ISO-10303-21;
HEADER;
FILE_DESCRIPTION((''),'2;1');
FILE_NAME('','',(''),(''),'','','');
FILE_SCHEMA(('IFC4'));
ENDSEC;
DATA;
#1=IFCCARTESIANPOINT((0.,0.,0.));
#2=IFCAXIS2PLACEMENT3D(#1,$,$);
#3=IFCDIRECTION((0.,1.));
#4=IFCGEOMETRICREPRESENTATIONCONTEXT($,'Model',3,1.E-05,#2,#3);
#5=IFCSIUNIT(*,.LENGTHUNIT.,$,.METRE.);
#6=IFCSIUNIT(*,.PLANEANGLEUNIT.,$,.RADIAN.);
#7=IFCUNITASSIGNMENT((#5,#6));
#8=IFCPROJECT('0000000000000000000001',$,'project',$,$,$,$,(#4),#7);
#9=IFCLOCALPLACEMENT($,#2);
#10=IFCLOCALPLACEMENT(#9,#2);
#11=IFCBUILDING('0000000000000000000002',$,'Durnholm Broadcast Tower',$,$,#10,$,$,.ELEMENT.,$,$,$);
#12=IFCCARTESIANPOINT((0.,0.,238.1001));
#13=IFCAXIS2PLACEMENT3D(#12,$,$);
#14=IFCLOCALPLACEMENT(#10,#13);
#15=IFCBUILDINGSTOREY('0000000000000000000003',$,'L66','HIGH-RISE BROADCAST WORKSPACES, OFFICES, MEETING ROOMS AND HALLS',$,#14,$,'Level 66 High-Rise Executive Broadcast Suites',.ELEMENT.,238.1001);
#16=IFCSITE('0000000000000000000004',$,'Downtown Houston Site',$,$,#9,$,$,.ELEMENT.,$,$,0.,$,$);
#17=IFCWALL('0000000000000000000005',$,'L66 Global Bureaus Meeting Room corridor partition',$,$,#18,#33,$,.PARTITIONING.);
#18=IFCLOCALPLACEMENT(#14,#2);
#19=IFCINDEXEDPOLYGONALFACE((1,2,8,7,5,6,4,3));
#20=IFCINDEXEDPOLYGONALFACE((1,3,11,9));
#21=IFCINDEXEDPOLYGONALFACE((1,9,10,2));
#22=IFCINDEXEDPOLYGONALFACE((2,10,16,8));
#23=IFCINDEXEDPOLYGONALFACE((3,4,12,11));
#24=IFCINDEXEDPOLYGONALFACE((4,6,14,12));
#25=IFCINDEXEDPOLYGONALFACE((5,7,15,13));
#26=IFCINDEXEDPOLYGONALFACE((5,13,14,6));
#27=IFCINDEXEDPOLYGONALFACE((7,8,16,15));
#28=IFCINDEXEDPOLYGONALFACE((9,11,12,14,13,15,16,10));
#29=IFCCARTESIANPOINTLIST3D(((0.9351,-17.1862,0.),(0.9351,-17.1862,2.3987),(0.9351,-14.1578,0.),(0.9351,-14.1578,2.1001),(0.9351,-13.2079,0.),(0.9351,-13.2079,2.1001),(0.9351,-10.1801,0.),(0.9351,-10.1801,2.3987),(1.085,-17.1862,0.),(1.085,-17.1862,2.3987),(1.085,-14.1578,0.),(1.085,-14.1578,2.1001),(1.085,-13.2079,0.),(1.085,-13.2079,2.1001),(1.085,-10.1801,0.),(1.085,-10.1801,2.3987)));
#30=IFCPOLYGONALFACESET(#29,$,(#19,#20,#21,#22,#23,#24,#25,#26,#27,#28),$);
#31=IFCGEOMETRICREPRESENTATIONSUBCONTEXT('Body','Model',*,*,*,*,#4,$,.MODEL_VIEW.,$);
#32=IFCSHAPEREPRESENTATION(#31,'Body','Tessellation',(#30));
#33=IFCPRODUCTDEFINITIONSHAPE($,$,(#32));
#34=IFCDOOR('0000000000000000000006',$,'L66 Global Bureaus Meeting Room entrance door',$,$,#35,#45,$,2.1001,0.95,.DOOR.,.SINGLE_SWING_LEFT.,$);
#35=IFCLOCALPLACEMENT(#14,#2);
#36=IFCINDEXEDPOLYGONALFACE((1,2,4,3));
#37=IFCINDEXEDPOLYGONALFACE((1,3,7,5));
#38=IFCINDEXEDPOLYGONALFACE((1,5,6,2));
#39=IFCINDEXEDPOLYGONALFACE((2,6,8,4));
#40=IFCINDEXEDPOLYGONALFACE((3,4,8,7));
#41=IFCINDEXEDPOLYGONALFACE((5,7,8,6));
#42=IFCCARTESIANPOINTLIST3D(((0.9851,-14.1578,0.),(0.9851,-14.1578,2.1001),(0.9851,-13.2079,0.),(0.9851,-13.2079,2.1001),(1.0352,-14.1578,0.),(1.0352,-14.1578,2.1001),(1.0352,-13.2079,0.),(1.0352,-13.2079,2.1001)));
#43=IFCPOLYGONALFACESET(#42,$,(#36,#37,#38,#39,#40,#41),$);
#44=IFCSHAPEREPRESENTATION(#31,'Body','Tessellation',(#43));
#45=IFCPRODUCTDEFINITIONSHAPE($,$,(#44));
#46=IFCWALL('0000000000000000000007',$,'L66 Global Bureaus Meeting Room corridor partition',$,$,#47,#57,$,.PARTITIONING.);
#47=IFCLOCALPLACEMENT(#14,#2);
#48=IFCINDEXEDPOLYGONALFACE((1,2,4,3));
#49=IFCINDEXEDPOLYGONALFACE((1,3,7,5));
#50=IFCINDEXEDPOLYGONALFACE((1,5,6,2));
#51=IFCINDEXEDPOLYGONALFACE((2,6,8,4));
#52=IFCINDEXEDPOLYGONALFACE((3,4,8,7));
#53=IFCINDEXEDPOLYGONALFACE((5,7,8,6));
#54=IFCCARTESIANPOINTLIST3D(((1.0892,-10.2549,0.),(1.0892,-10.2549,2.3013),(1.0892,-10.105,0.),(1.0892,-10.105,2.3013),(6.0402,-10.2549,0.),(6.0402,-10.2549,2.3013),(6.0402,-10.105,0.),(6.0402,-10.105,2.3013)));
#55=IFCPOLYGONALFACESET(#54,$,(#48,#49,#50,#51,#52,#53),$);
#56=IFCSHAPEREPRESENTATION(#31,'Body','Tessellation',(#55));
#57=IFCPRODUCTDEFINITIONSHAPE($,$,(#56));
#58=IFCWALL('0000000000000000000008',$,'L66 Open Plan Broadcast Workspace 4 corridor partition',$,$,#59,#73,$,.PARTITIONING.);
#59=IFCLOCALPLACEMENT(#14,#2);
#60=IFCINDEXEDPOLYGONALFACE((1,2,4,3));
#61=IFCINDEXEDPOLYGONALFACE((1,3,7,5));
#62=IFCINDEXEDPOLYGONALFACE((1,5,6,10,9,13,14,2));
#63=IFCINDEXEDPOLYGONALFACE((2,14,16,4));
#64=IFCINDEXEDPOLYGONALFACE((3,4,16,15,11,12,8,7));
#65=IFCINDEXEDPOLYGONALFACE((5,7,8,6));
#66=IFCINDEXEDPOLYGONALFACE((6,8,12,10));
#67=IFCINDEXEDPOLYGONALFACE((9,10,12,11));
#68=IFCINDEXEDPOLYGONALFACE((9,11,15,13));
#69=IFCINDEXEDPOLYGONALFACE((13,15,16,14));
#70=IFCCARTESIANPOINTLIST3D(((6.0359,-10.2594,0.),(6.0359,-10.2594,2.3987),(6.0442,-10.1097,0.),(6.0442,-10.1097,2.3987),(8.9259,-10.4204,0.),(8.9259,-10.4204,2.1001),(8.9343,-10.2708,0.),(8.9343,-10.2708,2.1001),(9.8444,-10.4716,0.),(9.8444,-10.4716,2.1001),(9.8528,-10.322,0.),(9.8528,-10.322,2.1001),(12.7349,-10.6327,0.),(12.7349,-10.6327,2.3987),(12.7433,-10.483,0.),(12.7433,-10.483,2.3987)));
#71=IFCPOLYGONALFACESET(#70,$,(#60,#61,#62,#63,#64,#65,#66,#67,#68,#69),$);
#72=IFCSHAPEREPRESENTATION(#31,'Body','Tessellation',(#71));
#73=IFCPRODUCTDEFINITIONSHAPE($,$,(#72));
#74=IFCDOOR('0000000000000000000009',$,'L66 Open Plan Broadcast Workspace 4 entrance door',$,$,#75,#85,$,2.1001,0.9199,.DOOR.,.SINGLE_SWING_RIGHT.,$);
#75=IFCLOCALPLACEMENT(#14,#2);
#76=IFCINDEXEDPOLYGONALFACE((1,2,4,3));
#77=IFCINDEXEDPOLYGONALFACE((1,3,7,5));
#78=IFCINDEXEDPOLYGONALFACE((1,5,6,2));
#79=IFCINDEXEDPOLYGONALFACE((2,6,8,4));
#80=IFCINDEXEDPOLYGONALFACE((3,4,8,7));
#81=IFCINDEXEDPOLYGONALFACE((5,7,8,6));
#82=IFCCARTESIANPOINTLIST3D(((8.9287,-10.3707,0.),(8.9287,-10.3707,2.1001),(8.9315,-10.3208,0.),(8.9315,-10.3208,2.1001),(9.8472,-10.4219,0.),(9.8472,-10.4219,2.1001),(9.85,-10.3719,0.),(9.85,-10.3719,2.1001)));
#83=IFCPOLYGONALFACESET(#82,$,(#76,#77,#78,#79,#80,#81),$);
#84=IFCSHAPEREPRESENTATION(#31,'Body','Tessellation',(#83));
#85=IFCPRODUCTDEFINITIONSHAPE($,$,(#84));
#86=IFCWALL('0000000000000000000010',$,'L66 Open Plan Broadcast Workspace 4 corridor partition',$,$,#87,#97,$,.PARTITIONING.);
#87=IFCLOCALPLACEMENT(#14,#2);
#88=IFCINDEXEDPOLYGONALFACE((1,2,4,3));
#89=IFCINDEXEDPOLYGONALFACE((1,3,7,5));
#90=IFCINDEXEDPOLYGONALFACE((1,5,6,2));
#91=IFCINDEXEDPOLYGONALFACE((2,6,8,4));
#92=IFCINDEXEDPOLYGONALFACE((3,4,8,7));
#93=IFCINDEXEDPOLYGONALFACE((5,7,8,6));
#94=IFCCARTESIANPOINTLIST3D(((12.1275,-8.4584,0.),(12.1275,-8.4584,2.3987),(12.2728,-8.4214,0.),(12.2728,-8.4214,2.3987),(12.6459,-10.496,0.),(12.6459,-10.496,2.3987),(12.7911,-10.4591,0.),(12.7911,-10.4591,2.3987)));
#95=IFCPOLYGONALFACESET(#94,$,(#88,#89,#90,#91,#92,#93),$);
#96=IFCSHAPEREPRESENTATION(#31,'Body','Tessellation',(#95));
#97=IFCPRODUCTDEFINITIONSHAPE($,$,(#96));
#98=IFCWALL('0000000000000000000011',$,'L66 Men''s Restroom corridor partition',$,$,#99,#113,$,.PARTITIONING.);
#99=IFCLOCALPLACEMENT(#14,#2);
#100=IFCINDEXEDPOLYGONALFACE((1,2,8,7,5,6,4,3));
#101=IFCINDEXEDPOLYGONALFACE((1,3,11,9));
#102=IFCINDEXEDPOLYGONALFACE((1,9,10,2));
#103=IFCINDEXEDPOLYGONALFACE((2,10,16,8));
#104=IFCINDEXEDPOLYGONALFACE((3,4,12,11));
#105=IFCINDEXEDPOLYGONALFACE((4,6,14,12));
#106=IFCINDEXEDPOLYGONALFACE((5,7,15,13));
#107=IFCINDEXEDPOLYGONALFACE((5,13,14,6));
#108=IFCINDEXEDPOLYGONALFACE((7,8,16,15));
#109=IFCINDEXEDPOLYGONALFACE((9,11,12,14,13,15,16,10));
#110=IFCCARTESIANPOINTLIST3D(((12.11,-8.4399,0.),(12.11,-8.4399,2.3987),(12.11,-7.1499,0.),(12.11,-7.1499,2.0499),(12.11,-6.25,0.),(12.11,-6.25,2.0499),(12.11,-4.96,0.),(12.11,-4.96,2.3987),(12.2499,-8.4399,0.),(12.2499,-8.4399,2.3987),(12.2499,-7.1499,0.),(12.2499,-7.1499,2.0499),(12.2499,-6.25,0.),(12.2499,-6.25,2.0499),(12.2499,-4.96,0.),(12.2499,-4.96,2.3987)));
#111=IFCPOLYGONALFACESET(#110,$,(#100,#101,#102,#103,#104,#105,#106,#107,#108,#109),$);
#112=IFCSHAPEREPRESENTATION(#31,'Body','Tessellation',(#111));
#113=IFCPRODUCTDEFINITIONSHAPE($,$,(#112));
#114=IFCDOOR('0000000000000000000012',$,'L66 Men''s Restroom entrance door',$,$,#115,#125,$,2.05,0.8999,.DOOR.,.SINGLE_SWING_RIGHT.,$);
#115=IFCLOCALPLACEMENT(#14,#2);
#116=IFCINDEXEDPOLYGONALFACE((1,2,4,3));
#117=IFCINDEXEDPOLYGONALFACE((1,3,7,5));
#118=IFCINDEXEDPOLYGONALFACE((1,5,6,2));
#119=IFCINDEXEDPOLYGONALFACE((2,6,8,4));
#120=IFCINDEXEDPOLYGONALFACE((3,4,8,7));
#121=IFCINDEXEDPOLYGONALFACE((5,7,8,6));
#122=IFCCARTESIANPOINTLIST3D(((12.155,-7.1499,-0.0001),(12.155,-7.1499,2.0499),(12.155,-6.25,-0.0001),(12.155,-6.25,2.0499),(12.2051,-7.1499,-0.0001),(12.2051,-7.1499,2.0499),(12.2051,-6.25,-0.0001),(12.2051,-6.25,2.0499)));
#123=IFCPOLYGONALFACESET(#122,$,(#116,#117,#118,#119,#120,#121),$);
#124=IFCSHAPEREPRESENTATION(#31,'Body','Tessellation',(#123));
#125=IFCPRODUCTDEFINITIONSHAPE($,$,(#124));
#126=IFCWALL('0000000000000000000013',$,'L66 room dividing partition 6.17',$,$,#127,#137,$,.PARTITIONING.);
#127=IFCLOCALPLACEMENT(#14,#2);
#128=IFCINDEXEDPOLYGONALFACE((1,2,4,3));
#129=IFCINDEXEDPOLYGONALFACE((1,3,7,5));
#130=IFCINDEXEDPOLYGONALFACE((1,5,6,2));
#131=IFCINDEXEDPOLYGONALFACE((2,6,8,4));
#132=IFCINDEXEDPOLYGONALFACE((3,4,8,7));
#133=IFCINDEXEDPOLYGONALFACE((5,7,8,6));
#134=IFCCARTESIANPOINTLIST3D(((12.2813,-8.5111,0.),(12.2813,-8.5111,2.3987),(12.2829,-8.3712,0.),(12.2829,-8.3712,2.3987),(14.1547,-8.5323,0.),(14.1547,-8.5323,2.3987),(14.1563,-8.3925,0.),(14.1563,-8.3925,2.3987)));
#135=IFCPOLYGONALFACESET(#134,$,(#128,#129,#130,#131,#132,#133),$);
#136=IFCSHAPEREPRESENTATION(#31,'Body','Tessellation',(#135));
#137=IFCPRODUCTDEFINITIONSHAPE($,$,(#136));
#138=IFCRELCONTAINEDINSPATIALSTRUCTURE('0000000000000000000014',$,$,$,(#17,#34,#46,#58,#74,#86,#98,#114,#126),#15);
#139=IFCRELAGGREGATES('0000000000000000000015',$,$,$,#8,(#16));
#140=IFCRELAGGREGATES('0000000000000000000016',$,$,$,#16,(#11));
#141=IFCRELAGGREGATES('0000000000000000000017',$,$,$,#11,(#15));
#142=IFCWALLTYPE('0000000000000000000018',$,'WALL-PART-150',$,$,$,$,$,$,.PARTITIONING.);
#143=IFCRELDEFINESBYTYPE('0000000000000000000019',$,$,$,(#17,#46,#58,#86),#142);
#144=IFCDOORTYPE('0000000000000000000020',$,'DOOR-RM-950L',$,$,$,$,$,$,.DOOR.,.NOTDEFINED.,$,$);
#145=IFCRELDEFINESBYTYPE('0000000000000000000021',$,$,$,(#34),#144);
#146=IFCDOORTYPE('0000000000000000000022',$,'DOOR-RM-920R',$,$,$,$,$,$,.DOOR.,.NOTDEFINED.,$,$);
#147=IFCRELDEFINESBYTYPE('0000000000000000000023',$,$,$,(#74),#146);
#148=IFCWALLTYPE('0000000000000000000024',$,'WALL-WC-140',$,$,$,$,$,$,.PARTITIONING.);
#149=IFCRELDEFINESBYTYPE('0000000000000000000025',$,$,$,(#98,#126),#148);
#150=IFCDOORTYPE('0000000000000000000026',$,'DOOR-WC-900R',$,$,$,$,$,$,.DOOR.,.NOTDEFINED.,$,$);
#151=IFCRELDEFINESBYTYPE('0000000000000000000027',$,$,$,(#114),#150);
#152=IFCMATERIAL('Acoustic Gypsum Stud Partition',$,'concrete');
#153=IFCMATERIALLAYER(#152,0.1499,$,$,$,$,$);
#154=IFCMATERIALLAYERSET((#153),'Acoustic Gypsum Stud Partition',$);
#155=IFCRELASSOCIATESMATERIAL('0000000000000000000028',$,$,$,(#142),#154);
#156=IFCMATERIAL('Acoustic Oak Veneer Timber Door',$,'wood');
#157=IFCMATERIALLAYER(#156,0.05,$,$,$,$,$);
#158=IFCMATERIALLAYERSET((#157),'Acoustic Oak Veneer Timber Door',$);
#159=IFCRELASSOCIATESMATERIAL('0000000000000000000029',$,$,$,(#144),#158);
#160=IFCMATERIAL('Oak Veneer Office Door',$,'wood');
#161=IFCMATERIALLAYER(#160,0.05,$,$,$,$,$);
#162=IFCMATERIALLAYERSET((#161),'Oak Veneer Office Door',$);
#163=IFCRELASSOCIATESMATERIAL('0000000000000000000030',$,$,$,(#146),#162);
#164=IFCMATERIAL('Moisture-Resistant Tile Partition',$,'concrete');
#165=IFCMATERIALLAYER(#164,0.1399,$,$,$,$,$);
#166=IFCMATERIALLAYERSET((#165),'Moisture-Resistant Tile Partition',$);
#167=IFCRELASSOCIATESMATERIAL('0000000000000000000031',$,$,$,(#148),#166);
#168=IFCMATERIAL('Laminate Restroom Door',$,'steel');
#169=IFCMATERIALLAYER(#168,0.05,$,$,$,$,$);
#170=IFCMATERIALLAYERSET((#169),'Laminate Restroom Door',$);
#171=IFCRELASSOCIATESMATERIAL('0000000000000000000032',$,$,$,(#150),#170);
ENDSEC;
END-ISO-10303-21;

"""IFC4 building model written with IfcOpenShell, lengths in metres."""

from ifc_helpers import new_model, si_unit, direction, frame, frame_2d, origin, place, context, subcontext, project, spatial, rectangle, extrude, source, transform, mapped, material, layer, layer_set, type_object, type_shapes, element, fill, save


model = new_model("IFC4")

# Units and contexts
model_context = context("Model", 3, precision=1e-05, world=origin(), true_north=direction((0.0, 1.0)))
body_context = subcontext(model_context, "Body", "Model", "MODEL_VIEW")
ifc_project = project(units=[si_unit("LENGTHUNIT", "METRE"), si_unit("PLANEANGLEUNIT", "RADIAN")], contexts=[model_context])

# Site, building, storey
site_placement = place(None, origin())
site = spatial("IfcSite", under=ifc_project, at=site_placement, Name="Downtown Houston Site", CompositionType="ELEMENT", RefElevation=0.0)
building_placement = place(site_placement, origin())
building = spatial("IfcBuilding", under=site, at=building_placement, Name="Durnholm Broadcast Tower", CompositionType="ELEMENT")
storey_placement = place(building_placement, frame((0.0, 0.0, 238.1001)))
storey = spatial("IfcBuildingStorey", under=building, at=storey_placement, Name="L66", Description="HIGH-RISE BROADCAST WORKSPACES, OFFICES, MEETING ROOMS AND HALLS", LongName="Level 66 High-Rise Executive Broadcast Suites", CompositionType="ELEMENT", Elevation=238.1001)

# Wall, opening, door
ifc_material_1 = material(Name="Acoustic Gypsum Stud Partition", Category="concrete")
ifc_layer_1 = layer(ifc_material_1, 0.1499)
ifc_layer_set_1 = layer_set([ifc_layer_1], Name="Acoustic Gypsum Stud Partition")
wall_type_1 = type_object("IfcWallType", Name="WALL-PART-150", PredefinedType="PARTITIONING", material=ifc_layer_set_1)
wall_1_placement = place(storey_placement, frame((1.01, -17.186, 0.0), z_axis=(0.0, 0.0, 1.0), x_axis=(0.0, 1.0, 0.0)))
wall_1 = element("IfcWall", 1, at=wall_1_placement, inside=storey, type_object=wall_type_1, Name="L66 Global Bureaus Meeting Room corridor partition", PredefinedType="PARTITIONING", context=body_context, shape_type="SweptSolid", body=[
    extrude(rectangle(XDim=7.0061, YDim=0.1499, at=frame_2d((3.5029, 0.0))), origin(), (0.0, 0.0, 1.0), 2.3987),
])
opening_1_placement = place(wall_1_placement, frame((3.0281, 0.0, 0.0)))
opening_1 = element("IfcOpeningElement", 2, at=opening_1_placement, cuts=wall_1, PredefinedType="OPENING", context=body_context, shape_type="SweptSolid", body=[
    extrude(rectangle(XDim=0.95, YDim=2.1001, at=frame_2d((0.4751, 1.05))), frame((0.0, 0.085, 0.0), z_axis=(0.0, -1.0, 0.0), x_axis=(1.0, 0.0, 0.0)), (0.0, 0.0, 1.0), 0.1699),
])
ifc_material_2 = material(Name="Acoustic Oak Veneer Timber Door", Category="wood")
ifc_layer_2 = layer(ifc_material_2, 0.05)
ifc_layer_set_2 = layer_set([ifc_layer_2], Name="Acoustic Oak Veneer Timber Door")
door_type_1 = type_object("IfcDoorType", Name="DOOR-RM-950L", OperationType="NOTDEFINED", PredefinedType="DOOR", material=ifc_layer_set_2)
shared_shape_1 = source(origin(), body_context, "Body", "SweptSolid", [
    extrude(rectangle(XDim=0.95, YDim=2.1001, at=frame_2d((0.4751, 1.05))), frame((0.0, 0.0249, 0.0), z_axis=(0.0, -1.0, 0.0), x_axis=(1.0, 0.0, 0.0)), (0.0, 0.0, 1.0), 0.05),
])
type_shapes(door_type_1, [shared_shape_1])
door_1_placement = place(opening_1_placement, origin())
door_1 = element("IfcDoor", 3, at=door_1_placement, inside=storey, type_object=door_type_1, Name="L66 Global Bureaus Meeting Room entrance door", OperationType="SINGLE_SWING_LEFT", OverallHeight=2.1001, OverallWidth=0.95, PredefinedType="DOOR", context=body_context, shape_type="MappedRepresentation", body=[
    mapped(shared_shape_1, transform((0.0, 0.0, 0.0), x_axis=(1.0, 0.0, 0.0), y_axis=(0.0, 1.0, 0.0), z_axis=(0.0, 0.0, 1.0), scale=1.0)),
])
fill(opening_1, door_1)

# Wall
wall_2_placement = place(storey_placement, frame((1.0891, -10.1799, 0.0), z_axis=(0.0, 0.0, 1.0), x_axis=(1.0, 0.0, 0.0)))
element("IfcWall", 4, at=wall_2_placement, inside=storey, type_object=wall_type_1, Name="L66 Global Bureaus Meeting Room corridor partition", PredefinedType="PARTITIONING", context=body_context, shape_type="SweptSolid", body=[
    extrude(rectangle(XDim=4.9509, YDim=0.1499, at=frame_2d((2.4756, 0.0))), origin(), (0.0, 0.0, 1.0), 2.3013),
])

# Wall, opening, door
wall_3_placement = place(storey_placement, frame((6.04, -10.1846, 0.0), z_axis=(0.0, 0.0, 1.0), x_axis=(0.998451, -0.055637, 0.0)))
wall_3 = element("IfcWall", 5, at=wall_3_placement, inside=storey, type_object=wall_type_1, Name="L66 Open Plan Broadcast Workspace 4 corridor partition", PredefinedType="PARTITIONING", context=body_context, shape_type="SweptSolid", body=[
    extrude(rectangle(XDim=6.7095, YDim=0.1499, at=frame_2d((3.3547, 0.0))), origin(), (0.0, 0.0, 1.0), 2.3987),
])
opening_2_placement = place(wall_3_placement, frame((2.8945, 0.0, 0.0)))
opening_2 = element("IfcOpeningElement", 6, at=opening_2_placement, cuts=wall_3, PredefinedType="OPENING", context=body_context, shape_type="SweptSolid", body=[
    extrude(rectangle(XDim=0.9199, YDim=2.1001, at=frame_2d((0.46, 1.05))), frame((0.0, 0.085, 0.0), z_axis=(0.0, -1.0, 0.0), x_axis=(1.0, 0.0, 0.0)), (0.0, 0.0, 1.0), 0.1699),
])
ifc_material_3 = material(Name="Oak Veneer Office Door", Category="wood")
ifc_layer_3 = layer(ifc_material_3, 0.05)
ifc_layer_set_3 = layer_set([ifc_layer_3], Name="Oak Veneer Office Door")
door_type_2 = type_object("IfcDoorType", Name="DOOR-RM-920R", OperationType="NOTDEFINED", PredefinedType="DOOR", material=ifc_layer_set_3)
shared_shape_2 = source(origin(), body_context, "Body", "SweptSolid", [
    extrude(rectangle(XDim=0.9199, YDim=2.1001, at=frame_2d((0.46, 1.05))), frame((0.0, 0.0249, 0.0), z_axis=(0.0, -1.0, 0.0), x_axis=(1.0, 0.0, 0.0)), (0.0, 0.0, 1.0), 0.05),
])
type_shapes(door_type_2, [shared_shape_2])
door_2_placement = place(opening_2_placement, origin())
door_2 = element("IfcDoor", 7, at=door_2_placement, inside=storey, type_object=door_type_2, Name="L66 Open Plan Broadcast Workspace 4 entrance door", OperationType="SINGLE_SWING_RIGHT", OverallHeight=2.1001, OverallWidth=0.9199, PredefinedType="DOOR", context=body_context, shape_type="MappedRepresentation", body=[
    mapped(shared_shape_2, transform((0.0, 0.0, 0.0), x_axis=(1.0, 0.0, 0.0), y_axis=(0.0, 1.0, 0.0), z_axis=(0.0, 0.0, 1.0), scale=1.0)),
])
fill(opening_2, door_2)

# Wall
wall_4_placement = place(storey_placement, frame((12.7185, -10.4775, 0.0), z_axis=(0.0, 0.0, 1.0), x_axis=(-0.246523, 0.969137, 0.0)))
element("IfcWall", 8, at=wall_4_placement, inside=storey, type_object=wall_type_1, Name="L66 Open Plan Broadcast Workspace 4 corridor partition", PredefinedType="PARTITIONING", context=body_context, shape_type="SweptSolid", body=[
    extrude(rectangle(XDim=2.1025, YDim=0.1499, at=frame_2d((1.0513, 0.0))), origin(), (0.0, 0.0, 1.0), 2.3987),
])

# Wall, opening, door
ifc_material_4 = material(Name="Moisture-Resistant Tile Partition", Category="concrete")
ifc_layer_4 = layer(ifc_material_4, 0.1399)
ifc_layer_set_4 = layer_set([ifc_layer_4], Name="Moisture-Resistant Tile Partition")
wall_type_2 = type_object("IfcWallType", Name="WALL-WC-140", PredefinedType="PARTITIONING", material=ifc_layer_set_4)
wall_5_placement = place(storey_placement, frame((12.1799, -8.4399, 0.0), z_axis=(0.0, 0.0, 1.0), x_axis=(0.0, 1.0, 0.0)))
wall_5 = element("IfcWall", 9, at=wall_5_placement, inside=storey, type_object=wall_type_2, Name="L66 Men's Restroom corridor partition", PredefinedType="PARTITIONING", context=body_context, shape_type="SweptSolid", body=[
    extrude(rectangle(XDim=3.48, YDim=0.1399, at=frame_2d((1.74, 0.0))), origin(), (0.0, 0.0, 1.0), 2.3987),
])
opening_3_placement = place(wall_5_placement, frame((1.29, 0.0, 0.0)))
opening_3 = element("IfcOpeningElement", 10, at=opening_3_placement, cuts=wall_5, PredefinedType="OPENING", context=body_context, shape_type="SweptSolid", body=[
    extrude(rectangle(XDim=0.8999, YDim=2.05, at=frame_2d((0.45, 1.0249))), frame((0.0, 0.0801, 0.0), z_axis=(0.0, -1.0, 0.0), x_axis=(1.0, 0.0, 0.0)), (0.0, 0.0, 1.0), 0.1599),
])
ifc_material_5 = material(Name="Laminate Restroom Door", Category="steel")
ifc_layer_5 = layer(ifc_material_5, 0.05)
ifc_layer_set_5 = layer_set([ifc_layer_5], Name="Laminate Restroom Door")
door_type_3 = type_object("IfcDoorType", Name="DOOR-WC-900R", OperationType="NOTDEFINED", PredefinedType="DOOR", material=ifc_layer_set_5)
shared_shape_3 = source(origin(), body_context, "Body", "SweptSolid", [
    extrude(rectangle(XDim=0.8999, YDim=2.05, at=frame_2d((0.45, 1.0249))), frame((0.0, 0.0249, 0.0), z_axis=(0.0, -1.0, 0.0), x_axis=(1.0, 0.0, 0.0)), (0.0, 0.0, 1.0), 0.05),
])
type_shapes(door_type_3, [shared_shape_3])
door_3_placement = place(opening_3_placement, origin())
door_3 = element("IfcDoor", 11, at=door_3_placement, inside=storey, type_object=door_type_3, Name="L66 Men's Restroom entrance door", OperationType="SINGLE_SWING_RIGHT", OverallHeight=2.05, OverallWidth=0.8999, PredefinedType="DOOR", context=body_context, shape_type="MappedRepresentation", body=[
    mapped(shared_shape_3, transform((0.0, 0.0, 0.0), x_axis=(1.0, 0.0, 0.0), y_axis=(0.0, 1.0, 0.0), z_axis=(0.0, 0.0, 1.0), scale=1.0)),
])
fill(opening_3, door_3)

# Wall
wall_6_placement = place(storey_placement, frame((14.1555, -8.4624, 0.0), z_axis=(0.0, 0.0, 1.0), x_axis=(-0.999936, 0.011336, 0.0)))
element("IfcWall", 12, at=wall_6_placement, inside=storey, type_object=wall_type_2, Name="L66 room dividing partition 6.17", PredefinedType="PARTITIONING", context=body_context, shape_type="SweptSolid", body=[
    extrude(rectangle(XDim=1.8735, YDim=0.1399, at=frame_2d((0.9368, 0.0))), origin(), (0.0, 0.0, 1.0), 2.3987),
])

save(model, "model.ifc")
